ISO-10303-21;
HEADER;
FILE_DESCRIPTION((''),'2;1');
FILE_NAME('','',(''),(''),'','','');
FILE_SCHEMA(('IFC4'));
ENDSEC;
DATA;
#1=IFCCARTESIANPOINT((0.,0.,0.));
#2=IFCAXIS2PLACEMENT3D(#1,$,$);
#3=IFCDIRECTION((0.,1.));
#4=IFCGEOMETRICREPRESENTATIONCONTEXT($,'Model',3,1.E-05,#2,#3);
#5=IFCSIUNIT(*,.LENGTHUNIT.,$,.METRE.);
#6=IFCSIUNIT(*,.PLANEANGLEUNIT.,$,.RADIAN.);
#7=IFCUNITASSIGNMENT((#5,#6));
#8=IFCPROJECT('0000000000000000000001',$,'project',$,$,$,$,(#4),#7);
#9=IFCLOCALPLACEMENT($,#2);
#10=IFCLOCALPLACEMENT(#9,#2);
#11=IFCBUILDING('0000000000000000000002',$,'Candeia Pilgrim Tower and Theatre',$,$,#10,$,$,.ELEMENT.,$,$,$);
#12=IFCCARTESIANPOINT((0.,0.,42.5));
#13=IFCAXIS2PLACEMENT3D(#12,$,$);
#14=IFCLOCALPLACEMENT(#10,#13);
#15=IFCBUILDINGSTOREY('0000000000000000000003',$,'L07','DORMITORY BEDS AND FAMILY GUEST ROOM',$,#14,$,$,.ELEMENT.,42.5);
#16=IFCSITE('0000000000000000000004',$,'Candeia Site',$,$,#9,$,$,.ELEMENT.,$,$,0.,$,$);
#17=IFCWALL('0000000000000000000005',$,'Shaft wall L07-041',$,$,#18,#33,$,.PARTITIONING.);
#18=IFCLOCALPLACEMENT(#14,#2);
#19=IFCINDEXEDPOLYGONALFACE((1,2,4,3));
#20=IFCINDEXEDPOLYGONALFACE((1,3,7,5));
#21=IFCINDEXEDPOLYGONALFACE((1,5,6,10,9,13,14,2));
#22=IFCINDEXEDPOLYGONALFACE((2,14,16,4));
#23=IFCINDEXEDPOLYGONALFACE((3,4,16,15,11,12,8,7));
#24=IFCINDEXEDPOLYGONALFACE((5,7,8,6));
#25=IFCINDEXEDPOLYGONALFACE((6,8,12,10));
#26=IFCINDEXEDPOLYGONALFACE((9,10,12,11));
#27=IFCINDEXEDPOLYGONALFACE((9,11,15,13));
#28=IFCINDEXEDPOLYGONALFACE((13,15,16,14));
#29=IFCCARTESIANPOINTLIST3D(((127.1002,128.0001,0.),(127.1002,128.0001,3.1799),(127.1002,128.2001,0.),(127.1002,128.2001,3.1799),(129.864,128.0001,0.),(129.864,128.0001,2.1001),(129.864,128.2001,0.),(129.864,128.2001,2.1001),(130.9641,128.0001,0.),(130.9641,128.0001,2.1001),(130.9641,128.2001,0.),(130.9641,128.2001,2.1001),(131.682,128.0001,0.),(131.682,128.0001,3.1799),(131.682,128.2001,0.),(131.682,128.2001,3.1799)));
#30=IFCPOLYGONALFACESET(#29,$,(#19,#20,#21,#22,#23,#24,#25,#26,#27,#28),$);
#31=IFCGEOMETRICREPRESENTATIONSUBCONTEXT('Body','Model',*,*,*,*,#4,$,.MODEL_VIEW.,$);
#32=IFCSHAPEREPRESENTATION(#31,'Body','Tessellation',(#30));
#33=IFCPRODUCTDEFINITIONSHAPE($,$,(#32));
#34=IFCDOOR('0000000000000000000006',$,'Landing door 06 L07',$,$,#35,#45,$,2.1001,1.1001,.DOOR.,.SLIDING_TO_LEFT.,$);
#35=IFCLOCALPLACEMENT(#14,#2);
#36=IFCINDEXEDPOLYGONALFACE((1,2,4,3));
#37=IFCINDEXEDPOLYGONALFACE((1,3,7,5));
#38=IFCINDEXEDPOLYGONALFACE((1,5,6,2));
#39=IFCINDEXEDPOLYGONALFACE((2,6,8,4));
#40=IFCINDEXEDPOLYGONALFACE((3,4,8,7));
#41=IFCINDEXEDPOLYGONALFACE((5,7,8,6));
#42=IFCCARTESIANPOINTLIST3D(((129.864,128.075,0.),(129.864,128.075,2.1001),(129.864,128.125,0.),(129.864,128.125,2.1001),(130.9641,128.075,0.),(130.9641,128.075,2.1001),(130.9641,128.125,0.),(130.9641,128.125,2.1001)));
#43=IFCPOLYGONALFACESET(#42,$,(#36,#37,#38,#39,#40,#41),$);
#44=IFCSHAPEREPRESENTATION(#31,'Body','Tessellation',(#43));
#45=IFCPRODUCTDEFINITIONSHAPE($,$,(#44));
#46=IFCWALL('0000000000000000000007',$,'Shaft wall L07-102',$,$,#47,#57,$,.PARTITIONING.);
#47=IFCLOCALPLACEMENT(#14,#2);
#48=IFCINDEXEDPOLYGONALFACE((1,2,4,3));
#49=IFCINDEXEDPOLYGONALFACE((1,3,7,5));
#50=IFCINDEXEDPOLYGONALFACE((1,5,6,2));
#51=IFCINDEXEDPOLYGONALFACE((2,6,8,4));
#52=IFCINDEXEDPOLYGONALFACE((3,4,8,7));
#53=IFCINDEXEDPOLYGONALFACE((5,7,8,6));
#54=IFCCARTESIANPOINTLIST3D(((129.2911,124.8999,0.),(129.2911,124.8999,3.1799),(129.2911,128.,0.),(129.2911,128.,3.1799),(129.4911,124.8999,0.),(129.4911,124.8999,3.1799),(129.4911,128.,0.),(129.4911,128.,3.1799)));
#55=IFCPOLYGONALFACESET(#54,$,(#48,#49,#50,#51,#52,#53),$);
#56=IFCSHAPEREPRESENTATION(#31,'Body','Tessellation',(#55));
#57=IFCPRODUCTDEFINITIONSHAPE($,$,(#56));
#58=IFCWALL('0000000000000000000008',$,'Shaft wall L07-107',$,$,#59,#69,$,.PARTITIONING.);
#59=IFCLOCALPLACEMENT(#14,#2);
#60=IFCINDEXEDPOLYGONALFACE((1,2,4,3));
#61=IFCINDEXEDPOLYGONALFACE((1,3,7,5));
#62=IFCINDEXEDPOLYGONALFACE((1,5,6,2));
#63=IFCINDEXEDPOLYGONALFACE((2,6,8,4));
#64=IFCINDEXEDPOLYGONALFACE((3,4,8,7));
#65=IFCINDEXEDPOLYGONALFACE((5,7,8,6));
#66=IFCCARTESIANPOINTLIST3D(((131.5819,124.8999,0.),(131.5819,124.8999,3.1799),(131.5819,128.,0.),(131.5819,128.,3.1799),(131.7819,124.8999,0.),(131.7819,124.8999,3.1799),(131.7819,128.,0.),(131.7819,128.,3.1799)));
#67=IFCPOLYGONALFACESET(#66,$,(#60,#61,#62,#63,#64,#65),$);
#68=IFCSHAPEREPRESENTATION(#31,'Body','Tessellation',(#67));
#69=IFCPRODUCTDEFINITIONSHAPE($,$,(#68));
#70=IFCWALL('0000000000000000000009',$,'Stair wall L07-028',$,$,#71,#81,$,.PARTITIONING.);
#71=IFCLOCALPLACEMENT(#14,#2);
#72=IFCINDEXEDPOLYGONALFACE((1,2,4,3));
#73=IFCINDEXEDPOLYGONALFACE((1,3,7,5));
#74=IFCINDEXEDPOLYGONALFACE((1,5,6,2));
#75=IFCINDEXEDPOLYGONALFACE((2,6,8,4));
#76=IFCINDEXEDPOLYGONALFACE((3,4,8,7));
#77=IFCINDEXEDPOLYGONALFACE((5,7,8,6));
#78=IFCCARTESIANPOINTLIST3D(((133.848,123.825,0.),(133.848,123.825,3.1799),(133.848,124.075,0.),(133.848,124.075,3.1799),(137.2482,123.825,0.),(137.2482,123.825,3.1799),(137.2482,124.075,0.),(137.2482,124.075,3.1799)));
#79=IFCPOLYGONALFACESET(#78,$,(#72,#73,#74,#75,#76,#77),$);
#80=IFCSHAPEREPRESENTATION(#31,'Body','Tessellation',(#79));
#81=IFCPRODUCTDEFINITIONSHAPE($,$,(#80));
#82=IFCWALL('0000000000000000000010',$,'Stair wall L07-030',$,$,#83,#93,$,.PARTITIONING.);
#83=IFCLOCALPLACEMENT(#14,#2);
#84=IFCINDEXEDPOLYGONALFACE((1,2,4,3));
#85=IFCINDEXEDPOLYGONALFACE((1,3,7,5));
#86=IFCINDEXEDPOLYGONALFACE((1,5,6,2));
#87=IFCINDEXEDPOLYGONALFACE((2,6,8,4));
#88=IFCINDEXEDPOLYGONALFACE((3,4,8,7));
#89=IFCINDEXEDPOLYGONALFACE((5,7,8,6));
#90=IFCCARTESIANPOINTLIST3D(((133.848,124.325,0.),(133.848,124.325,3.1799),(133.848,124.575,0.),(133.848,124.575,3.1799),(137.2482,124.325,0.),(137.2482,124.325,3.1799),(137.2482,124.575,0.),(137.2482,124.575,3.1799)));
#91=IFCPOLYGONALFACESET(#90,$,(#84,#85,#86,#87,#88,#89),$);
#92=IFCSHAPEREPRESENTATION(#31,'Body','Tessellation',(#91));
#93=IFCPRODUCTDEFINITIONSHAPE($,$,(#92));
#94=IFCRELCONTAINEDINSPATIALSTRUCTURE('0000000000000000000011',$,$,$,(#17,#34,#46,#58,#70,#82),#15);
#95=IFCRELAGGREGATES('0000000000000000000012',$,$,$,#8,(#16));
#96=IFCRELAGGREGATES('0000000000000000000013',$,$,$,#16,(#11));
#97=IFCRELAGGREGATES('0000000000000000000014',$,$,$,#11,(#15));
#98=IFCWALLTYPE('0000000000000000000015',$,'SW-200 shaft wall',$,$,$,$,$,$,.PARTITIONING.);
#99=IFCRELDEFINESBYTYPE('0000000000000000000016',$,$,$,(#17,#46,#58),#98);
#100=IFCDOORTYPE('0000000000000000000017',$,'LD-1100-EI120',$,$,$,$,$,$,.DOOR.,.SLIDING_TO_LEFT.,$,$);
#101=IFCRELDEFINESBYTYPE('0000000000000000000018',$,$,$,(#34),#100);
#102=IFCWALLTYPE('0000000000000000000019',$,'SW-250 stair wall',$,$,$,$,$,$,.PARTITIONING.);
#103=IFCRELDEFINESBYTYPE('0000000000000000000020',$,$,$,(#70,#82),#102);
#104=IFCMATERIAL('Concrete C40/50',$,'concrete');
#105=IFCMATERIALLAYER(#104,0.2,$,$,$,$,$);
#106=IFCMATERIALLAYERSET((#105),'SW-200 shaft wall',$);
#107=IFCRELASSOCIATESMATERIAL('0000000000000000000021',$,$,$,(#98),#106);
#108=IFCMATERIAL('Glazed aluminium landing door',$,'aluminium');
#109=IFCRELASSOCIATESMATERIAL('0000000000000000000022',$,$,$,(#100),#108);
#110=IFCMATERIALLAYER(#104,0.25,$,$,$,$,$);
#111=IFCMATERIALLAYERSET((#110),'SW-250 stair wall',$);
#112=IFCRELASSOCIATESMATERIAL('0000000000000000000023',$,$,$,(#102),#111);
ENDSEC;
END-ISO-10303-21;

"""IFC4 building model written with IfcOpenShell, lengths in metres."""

from ifc_helpers import new_model, si_unit, direction, frame, frame_2d, origin, place, context, subcontext, project, spatial, rectangle, extrude, material, layer, layer_set, type_object, element, fill, save


model = new_model("IFC4")

# Units and contexts
model_context = context("Model", 3, precision=1e-05, world=origin(), true_north=direction((0.0, 1.0)))
body_context = subcontext(model_context, "Body", "Model", "MODEL_VIEW")
ifc_project = project(units=[si_unit("LENGTHUNIT", "METRE"), si_unit("PLANEANGLEUNIT", "RADIAN")], contexts=[model_context])

# Site, building, storey
site_placement = place(None, origin())
site = spatial("IfcSite", under=ifc_project, at=site_placement, Name="Candeia Site", CompositionType="ELEMENT", RefElevation=0.0)
building_placement = place(site_placement, origin())
building = spatial("IfcBuilding", under=site, at=building_placement, Name="Candeia Pilgrim Tower and Theatre", CompositionType="ELEMENT")
storey_placement = place(building_placement, frame((0.0, 0.0, 42.5)))
storey = spatial("IfcBuildingStorey", under=building, at=storey_placement, Name="L07", Description="DORMITORY BEDS AND FAMILY GUEST ROOM", CompositionType="ELEMENT", Elevation=42.5)

# Wall, opening, door
ifc_material_1 = material(Name="Concrete C40/50", Category="concrete")
ifc_layer_1 = layer(ifc_material_1, 0.2)
ifc_layer_set_1 = layer_set([ifc_layer_1], Name="SW-200 shaft wall")
wall_type_1 = type_object("IfcWallType", Name="SW-200 shaft wall", PredefinedType="PARTITIONING", material=ifc_layer_set_1)
ifc_material_2 = material(Name="Glazed aluminium landing door", Category="aluminium")
door_type_1 = type_object("IfcDoorType", Name="LD-1100-EI120", OperationType="SLIDING_TO_LEFT", PredefinedType="DOOR", material=ifc_material_2)
wall_1_placement = place(storey_placement, frame((127.1001, 128.1001, 0.0), z_axis=(0.0, 0.0, 1.0), x_axis=(1.0, 0.0, 0.0)))
wall_1 = element("IfcWall", 1, at=wall_1_placement, inside=storey, type_object=wall_type_1, Name="Shaft wall L07-041", PredefinedType="PARTITIONING", context=body_context, shape_type="SweptSolid", body=[
    extrude(rectangle(XDim=4.5818, YDim=0.2, at=frame_2d((2.291, 0.0))), origin(), (0.0, 0.0, 1.0), 3.1799),
])
opening_1_placement = place(wall_1_placement, frame((2.7639, 0.0, 0.0)))
opening_1 = element("IfcOpeningElement", 2, at=opening_1_placement, cuts=wall_1, PredefinedType="OPENING", context=body_context, shape_type="SweptSolid", body=[
    extrude(rectangle(XDim=1.1001, YDim=2.1001, at=frame_2d((0.55, 1.05))), frame((0.0, 0.1099, 0.0), z_axis=(0.0, -1.0, 0.0), x_axis=(1.0, 0.0, 0.0)), (0.0, 0.0, 1.0), 0.22),
])
door_1_placement = place(opening_1_placement, origin())
door_1 = element("IfcDoor", 3, at=door_1_placement, inside=storey, type_object=door_type_1, Name="Landing door 06 L07", OperationType="SLIDING_TO_LEFT", OverallHeight=2.1001, OverallWidth=1.1001, PredefinedType="DOOR", context=body_context, shape_type="SweptSolid", body=[
    extrude(rectangle(XDim=1.1001, YDim=2.1001, at=frame_2d((0.55, 1.05))), frame((0.0, 0.0249, 0.0), z_axis=(0.0, -1.0, 0.0), x_axis=(1.0, 0.0, 0.0)), (0.0, 0.0, 1.0), 0.05),
])
fill(opening_1, door_1)

# Walls
for number, where, z_axis, x_axis, name in (
    (4, (129.3911, 124.8999, 0.0), (0.0, 0.0, 1.0), (0.0, 1.0, 0.0), "Shaft wall L07-102"),
    (5, (131.6819, 124.8999, 0.0), (0.0, 0.0, 1.0), (0.0, 1.0, 0.0), "Shaft wall L07-107"),
):
    element("IfcWall", number, at=place(storey_placement, frame(where, z_axis=z_axis, x_axis=x_axis)), inside=storey, type_object=wall_type_1, Name=name, PredefinedType="PARTITIONING", context=body_context, shape_type="SweptSolid", body=[
        extrude(rectangle(XDim=3.1001, YDim=0.2, at=frame_2d((1.55, 0.0))), origin(), (0.0, 0.0, 1.0), 3.1799),
    ])
ifc_layer_2 = layer(ifc_material_1, 0.25)
ifc_layer_set_2 = layer_set([ifc_layer_2], Name="SW-250 stair wall")
wall_type_2 = type_object("IfcWallType", Name="SW-250 stair wall", PredefinedType="PARTITIONING", material=ifc_layer_set_2)
for number, where, z_axis, x_axis, name in (
    (6, (133.8479, 123.95, 0.0), (0.0, 0.0, 1.0), (1.0, 0.0, 0.0), "Stair wall L07-028"),
    (7, (133.8479, 124.45, 0.0), (0.0, 0.0, 1.0), (1.0, 0.0, 0.0), "Stair wall L07-030"),
):
    element("IfcWall", number, at=place(storey_placement, frame(where, z_axis=z_axis, x_axis=x_axis)), inside=storey, type_object=wall_type_2, Name=name, PredefinedType="PARTITIONING", context=body_context, shape_type="SweptSolid", body=[
        extrude(rectangle(XDim=3.4001, YDim=0.25, at=frame_2d((1.7002, 0.0))), origin(), (0.0, 0.0, 1.0), 3.1799),
    ])

save(model, "model.ifc")
